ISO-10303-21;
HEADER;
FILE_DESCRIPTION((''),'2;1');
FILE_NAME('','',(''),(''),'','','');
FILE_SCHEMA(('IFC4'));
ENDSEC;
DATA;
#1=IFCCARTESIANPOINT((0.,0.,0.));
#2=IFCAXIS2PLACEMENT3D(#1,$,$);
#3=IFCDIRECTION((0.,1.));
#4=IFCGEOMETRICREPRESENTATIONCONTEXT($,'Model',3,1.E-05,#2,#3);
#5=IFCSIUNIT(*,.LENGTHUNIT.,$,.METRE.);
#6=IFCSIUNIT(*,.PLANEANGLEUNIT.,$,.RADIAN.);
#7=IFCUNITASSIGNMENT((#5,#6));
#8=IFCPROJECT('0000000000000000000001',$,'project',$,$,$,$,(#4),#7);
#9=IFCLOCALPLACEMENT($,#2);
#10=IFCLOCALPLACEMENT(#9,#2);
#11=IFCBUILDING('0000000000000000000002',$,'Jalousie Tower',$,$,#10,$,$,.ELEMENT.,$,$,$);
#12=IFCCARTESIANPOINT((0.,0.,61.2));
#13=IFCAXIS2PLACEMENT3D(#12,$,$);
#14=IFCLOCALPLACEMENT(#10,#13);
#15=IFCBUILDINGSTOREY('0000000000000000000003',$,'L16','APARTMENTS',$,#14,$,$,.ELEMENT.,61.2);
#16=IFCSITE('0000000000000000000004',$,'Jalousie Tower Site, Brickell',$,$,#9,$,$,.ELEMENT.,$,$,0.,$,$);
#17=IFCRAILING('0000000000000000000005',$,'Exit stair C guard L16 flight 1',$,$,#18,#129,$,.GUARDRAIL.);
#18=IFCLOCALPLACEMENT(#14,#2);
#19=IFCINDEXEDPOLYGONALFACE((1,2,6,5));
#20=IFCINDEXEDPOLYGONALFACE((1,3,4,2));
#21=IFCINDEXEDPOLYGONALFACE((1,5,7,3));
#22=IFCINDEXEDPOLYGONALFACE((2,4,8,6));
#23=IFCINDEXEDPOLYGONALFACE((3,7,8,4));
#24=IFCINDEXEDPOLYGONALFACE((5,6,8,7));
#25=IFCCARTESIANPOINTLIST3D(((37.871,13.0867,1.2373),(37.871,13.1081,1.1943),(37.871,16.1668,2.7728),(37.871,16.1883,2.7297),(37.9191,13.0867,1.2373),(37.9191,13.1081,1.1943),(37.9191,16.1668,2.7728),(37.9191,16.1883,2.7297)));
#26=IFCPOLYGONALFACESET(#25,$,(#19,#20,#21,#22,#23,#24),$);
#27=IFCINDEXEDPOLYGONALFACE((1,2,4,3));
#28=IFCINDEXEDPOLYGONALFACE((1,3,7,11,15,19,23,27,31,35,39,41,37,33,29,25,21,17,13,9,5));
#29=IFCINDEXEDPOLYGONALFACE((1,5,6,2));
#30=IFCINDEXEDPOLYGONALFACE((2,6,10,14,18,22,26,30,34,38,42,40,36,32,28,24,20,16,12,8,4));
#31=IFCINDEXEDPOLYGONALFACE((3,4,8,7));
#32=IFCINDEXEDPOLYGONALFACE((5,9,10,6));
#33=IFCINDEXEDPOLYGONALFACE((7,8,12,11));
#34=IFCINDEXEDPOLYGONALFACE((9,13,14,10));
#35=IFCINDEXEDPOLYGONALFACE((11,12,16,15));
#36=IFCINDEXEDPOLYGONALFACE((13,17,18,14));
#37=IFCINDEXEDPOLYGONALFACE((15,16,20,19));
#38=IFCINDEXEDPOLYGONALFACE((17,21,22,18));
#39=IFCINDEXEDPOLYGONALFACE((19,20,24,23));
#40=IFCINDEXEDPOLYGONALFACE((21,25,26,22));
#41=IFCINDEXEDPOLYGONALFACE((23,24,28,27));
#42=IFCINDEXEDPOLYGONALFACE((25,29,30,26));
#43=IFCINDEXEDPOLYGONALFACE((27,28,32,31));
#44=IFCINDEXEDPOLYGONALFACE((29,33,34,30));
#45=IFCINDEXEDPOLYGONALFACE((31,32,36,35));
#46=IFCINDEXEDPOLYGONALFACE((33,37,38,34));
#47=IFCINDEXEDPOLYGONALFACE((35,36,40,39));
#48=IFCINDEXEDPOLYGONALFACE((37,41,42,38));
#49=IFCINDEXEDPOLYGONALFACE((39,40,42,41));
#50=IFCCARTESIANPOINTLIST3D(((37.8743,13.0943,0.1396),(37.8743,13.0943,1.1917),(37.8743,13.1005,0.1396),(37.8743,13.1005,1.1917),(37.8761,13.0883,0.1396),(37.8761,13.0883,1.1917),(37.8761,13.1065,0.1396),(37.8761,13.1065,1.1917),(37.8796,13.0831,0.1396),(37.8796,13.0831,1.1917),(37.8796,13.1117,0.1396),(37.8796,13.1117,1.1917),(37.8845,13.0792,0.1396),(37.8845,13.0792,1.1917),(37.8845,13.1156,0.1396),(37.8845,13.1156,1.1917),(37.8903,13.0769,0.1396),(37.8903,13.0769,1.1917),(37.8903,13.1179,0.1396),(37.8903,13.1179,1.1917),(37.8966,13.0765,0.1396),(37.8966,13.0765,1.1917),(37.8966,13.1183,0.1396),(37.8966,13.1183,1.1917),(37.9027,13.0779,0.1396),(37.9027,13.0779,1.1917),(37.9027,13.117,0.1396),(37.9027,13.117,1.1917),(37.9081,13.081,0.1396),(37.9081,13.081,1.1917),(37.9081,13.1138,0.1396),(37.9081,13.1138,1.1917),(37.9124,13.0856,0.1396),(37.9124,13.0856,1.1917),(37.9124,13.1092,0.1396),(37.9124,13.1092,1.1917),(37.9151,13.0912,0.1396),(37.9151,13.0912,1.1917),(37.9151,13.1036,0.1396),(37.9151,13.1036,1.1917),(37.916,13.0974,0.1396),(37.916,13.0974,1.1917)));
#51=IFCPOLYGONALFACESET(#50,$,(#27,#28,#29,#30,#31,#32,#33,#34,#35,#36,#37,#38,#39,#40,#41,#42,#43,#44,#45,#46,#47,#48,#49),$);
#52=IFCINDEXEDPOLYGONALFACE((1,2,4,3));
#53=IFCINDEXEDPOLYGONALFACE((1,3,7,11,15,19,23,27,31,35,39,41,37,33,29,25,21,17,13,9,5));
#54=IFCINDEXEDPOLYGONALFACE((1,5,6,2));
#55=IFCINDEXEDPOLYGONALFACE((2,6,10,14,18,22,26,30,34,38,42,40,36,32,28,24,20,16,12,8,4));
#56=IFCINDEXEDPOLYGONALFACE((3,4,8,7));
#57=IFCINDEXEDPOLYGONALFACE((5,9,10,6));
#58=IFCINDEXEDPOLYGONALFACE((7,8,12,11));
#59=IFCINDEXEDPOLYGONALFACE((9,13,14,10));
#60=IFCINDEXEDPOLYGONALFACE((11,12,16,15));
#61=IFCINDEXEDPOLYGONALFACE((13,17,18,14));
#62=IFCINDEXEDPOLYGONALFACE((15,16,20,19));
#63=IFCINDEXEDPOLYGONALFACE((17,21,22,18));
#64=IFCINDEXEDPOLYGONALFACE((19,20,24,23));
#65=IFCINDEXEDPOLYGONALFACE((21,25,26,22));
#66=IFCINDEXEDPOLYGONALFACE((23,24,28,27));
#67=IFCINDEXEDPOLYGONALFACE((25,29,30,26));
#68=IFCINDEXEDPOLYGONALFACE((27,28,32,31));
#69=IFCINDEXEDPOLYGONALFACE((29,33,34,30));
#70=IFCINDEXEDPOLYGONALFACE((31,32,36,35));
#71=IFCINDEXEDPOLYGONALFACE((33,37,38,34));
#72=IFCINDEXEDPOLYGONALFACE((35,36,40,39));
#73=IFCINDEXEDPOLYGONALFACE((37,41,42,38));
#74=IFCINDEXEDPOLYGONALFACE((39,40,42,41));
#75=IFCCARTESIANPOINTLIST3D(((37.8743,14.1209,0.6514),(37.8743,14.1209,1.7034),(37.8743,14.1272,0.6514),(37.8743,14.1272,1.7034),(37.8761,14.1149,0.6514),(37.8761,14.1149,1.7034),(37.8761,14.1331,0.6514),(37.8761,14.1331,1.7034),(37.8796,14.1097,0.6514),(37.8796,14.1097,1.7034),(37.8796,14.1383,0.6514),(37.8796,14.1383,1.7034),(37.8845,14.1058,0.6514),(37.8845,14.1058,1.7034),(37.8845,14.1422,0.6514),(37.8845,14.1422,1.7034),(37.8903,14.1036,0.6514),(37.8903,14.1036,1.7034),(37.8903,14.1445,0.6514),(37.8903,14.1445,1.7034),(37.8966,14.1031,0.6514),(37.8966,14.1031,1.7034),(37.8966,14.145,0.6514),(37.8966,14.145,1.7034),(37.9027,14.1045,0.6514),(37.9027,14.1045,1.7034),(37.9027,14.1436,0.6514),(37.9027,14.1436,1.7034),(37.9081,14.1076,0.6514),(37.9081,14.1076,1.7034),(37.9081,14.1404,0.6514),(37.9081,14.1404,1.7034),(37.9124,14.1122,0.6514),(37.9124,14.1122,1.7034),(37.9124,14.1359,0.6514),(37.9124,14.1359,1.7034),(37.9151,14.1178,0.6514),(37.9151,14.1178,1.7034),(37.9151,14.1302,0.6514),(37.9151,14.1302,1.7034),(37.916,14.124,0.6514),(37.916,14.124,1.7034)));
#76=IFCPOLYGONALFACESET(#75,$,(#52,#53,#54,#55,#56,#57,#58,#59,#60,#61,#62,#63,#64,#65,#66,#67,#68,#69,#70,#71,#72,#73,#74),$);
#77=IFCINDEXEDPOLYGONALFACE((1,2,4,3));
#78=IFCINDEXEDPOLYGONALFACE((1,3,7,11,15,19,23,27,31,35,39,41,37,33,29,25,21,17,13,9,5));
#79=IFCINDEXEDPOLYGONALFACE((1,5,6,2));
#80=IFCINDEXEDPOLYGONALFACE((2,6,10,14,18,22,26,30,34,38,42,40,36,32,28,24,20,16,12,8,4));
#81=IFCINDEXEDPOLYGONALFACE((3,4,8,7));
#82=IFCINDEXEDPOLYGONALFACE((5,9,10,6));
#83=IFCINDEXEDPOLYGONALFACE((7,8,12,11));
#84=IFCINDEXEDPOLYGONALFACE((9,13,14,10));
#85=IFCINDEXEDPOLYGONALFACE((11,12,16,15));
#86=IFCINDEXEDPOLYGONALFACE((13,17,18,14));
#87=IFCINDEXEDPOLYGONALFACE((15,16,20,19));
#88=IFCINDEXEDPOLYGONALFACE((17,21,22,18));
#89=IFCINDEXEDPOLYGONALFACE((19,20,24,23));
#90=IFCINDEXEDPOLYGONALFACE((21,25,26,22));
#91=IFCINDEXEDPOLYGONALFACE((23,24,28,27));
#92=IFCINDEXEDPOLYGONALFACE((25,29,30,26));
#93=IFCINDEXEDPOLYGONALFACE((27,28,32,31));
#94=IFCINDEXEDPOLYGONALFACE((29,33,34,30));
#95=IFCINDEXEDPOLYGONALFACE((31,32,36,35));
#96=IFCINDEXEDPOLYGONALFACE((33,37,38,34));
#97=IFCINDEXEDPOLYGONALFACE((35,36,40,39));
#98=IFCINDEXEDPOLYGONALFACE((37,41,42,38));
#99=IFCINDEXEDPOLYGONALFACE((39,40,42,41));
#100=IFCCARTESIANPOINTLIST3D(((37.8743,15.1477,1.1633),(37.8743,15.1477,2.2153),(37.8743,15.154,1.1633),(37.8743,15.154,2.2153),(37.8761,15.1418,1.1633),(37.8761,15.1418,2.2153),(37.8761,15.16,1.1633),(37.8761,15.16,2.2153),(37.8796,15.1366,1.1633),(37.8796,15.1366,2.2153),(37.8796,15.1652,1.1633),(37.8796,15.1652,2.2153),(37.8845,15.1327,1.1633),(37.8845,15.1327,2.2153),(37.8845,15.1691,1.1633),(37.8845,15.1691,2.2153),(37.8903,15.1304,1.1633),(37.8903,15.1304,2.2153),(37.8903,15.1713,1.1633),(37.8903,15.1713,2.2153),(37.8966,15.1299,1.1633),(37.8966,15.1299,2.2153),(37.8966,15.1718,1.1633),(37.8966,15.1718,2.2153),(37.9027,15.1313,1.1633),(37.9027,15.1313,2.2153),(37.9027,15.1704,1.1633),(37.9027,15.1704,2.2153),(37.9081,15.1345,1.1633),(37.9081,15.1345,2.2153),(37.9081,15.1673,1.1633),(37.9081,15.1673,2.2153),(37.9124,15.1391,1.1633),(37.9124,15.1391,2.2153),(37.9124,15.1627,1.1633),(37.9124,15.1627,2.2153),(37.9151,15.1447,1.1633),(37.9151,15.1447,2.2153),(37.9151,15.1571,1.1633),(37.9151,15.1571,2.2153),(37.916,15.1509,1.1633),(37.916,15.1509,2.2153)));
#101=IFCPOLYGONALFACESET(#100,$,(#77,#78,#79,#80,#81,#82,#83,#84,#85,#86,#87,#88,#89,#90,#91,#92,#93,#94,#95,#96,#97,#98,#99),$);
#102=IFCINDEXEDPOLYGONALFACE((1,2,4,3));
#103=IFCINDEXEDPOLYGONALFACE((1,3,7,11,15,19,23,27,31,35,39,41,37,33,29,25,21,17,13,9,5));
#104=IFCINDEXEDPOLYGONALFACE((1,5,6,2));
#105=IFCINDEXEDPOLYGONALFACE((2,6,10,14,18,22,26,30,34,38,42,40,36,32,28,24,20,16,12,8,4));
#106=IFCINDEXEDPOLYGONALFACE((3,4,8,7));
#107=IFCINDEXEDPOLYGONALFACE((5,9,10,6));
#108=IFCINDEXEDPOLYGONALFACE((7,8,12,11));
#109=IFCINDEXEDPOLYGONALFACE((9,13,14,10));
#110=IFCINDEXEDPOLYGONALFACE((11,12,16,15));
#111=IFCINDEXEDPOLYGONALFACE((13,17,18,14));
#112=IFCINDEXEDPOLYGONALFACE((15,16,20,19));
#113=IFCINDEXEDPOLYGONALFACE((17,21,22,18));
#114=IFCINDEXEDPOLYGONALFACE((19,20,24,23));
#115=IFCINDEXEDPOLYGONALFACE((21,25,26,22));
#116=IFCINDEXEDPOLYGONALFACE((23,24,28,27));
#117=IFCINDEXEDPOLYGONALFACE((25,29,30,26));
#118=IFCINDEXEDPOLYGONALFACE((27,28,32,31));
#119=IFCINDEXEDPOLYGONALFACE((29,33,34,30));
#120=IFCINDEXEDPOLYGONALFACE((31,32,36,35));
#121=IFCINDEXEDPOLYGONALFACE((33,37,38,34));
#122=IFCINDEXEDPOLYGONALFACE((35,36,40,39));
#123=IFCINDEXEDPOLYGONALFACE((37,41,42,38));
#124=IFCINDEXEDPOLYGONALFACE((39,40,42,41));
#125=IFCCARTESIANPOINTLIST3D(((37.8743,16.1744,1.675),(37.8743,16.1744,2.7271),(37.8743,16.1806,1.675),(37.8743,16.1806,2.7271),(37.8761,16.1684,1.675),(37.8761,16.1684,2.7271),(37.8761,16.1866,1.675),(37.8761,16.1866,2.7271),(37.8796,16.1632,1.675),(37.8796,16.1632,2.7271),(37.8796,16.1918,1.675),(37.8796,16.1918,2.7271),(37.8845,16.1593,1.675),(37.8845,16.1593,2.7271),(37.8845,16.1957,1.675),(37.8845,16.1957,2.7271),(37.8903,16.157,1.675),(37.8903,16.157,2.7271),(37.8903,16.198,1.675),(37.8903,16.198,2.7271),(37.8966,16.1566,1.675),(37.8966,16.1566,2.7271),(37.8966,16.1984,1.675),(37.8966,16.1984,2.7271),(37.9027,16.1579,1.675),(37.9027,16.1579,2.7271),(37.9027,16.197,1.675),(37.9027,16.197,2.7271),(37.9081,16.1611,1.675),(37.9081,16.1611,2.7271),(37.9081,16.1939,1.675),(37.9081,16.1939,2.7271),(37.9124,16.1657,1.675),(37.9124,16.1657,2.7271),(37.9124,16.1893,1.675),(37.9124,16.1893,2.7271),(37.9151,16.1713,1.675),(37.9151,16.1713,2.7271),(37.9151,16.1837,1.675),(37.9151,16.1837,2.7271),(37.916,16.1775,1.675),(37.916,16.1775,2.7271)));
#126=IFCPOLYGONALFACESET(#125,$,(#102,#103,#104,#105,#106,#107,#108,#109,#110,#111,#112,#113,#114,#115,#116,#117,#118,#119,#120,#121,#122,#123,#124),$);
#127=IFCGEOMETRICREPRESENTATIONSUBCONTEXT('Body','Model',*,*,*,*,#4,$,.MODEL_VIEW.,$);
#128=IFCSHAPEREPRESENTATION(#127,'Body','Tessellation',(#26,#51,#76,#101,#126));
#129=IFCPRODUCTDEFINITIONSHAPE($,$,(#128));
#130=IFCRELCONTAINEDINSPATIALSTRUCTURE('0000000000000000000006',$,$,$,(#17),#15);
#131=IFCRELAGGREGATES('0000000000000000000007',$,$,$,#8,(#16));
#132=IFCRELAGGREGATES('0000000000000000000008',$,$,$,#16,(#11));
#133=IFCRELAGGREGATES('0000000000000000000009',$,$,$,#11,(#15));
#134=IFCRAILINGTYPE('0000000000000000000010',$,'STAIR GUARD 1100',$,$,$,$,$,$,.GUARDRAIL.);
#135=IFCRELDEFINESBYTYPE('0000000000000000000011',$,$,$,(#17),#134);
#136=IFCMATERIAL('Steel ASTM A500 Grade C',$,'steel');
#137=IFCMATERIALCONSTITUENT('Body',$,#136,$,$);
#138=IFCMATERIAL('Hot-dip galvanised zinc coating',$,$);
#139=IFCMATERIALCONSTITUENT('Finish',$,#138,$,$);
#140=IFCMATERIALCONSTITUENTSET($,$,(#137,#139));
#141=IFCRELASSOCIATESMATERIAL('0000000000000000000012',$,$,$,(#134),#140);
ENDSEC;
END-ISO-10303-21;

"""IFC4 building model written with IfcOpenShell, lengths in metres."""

from ifc_helpers import new_model, si_unit, direction, frame, origin, origin_2d, place, context, subcontext, project, spatial, rectangle, circle, extrude, material, constituent, constituent_set, type_object, element, save


model = new_model("IFC4")

# Units and contexts
model_context = context("Model", 3, precision=1e-05, world=origin(), true_north=direction((0.0, 1.0)))
body_context = subcontext(model_context, "Body", "Model", "MODEL_VIEW")
ifc_project = project(units=[si_unit("LENGTHUNIT", "METRE"), si_unit("PLANEANGLEUNIT", "RADIAN")], contexts=[model_context])

# Site, building, storey
site_placement = place(None, origin())
site = spatial("IfcSite", under=ifc_project, at=site_placement, Name="Jalousie Tower Site, Brickell", CompositionType="ELEMENT", RefElevation=0.0)
building_placement = place(site_placement, origin())
building = spatial("IfcBuilding", under=site, at=building_placement, Name="Jalousie Tower", CompositionType="ELEMENT")
storey_placement = place(building_placement, frame((0.0, 0.0, 61.2)))
storey = spatial("IfcBuildingStorey", under=building, at=storey_placement, Name="L16", Description="APARTMENTS", CompositionType="ELEMENT", Elevation=61.2)

# Railing
ifc_material_1 = material(Name="Steel ASTM A500 Grade C", Category="steel")
ifc_constituent_1 = constituent(ifc_material_1, Name="Body")
ifc_material_2 = material(Name="Hot-dip galvanised zinc coating")
ifc_constituent_2 = constituent(ifc_material_2, Name="Finish")
ifc_constituent_set_1 = constituent_set(constituents=[ifc_constituent_1, ifc_constituent_2])
railing_type_1 = type_object("IfcRailingType", Name="STAIR GUARD 1100", PredefinedType="GUARDRAIL", material=ifc_constituent_set_1)
railing_1_placement = place(storey_placement, frame((37.895, 13.0974, 0.1396)))
element("IfcRailing", 1, at=railing_1_placement, inside=storey, type_object=railing_type_1, Name="Exit stair C guard L16 flight 1", PredefinedType="GUARDRAIL", context=body_context, shape_type="SweptSolid", body=[
    extrude(rectangle(XDim=0.0481, YDim=0.0481, at=origin_2d()), frame((0.0, 0.0, 1.0762), z_axis=(0.0, 0.894966, 0.446135), x_axis=(-1.0, 0.0, 0.0)), (0.0, 0.0, 1.0), 3.4417),
    extrude(circle(Radius=0.021, at=origin_2d()), origin(), (0.0, 0.0, 1.0), 1.052),
    extrude(circle(Radius=0.021, at=origin_2d()), frame((0.0, 1.0266, 0.5117)), (0.0, 0.0, 1.0), 1.052),
    extrude(circle(Radius=0.021, at=origin_2d()), frame((0.0, 2.0535, 1.0237)), (0.0, 0.0, 1.0), 1.052),
    extrude(circle(Radius=0.021, at=origin_2d()), frame((0.0, 3.0801, 1.5354)), (0.0, 0.0, 1.0), 1.052),
])

save(model, "model.ifc")
